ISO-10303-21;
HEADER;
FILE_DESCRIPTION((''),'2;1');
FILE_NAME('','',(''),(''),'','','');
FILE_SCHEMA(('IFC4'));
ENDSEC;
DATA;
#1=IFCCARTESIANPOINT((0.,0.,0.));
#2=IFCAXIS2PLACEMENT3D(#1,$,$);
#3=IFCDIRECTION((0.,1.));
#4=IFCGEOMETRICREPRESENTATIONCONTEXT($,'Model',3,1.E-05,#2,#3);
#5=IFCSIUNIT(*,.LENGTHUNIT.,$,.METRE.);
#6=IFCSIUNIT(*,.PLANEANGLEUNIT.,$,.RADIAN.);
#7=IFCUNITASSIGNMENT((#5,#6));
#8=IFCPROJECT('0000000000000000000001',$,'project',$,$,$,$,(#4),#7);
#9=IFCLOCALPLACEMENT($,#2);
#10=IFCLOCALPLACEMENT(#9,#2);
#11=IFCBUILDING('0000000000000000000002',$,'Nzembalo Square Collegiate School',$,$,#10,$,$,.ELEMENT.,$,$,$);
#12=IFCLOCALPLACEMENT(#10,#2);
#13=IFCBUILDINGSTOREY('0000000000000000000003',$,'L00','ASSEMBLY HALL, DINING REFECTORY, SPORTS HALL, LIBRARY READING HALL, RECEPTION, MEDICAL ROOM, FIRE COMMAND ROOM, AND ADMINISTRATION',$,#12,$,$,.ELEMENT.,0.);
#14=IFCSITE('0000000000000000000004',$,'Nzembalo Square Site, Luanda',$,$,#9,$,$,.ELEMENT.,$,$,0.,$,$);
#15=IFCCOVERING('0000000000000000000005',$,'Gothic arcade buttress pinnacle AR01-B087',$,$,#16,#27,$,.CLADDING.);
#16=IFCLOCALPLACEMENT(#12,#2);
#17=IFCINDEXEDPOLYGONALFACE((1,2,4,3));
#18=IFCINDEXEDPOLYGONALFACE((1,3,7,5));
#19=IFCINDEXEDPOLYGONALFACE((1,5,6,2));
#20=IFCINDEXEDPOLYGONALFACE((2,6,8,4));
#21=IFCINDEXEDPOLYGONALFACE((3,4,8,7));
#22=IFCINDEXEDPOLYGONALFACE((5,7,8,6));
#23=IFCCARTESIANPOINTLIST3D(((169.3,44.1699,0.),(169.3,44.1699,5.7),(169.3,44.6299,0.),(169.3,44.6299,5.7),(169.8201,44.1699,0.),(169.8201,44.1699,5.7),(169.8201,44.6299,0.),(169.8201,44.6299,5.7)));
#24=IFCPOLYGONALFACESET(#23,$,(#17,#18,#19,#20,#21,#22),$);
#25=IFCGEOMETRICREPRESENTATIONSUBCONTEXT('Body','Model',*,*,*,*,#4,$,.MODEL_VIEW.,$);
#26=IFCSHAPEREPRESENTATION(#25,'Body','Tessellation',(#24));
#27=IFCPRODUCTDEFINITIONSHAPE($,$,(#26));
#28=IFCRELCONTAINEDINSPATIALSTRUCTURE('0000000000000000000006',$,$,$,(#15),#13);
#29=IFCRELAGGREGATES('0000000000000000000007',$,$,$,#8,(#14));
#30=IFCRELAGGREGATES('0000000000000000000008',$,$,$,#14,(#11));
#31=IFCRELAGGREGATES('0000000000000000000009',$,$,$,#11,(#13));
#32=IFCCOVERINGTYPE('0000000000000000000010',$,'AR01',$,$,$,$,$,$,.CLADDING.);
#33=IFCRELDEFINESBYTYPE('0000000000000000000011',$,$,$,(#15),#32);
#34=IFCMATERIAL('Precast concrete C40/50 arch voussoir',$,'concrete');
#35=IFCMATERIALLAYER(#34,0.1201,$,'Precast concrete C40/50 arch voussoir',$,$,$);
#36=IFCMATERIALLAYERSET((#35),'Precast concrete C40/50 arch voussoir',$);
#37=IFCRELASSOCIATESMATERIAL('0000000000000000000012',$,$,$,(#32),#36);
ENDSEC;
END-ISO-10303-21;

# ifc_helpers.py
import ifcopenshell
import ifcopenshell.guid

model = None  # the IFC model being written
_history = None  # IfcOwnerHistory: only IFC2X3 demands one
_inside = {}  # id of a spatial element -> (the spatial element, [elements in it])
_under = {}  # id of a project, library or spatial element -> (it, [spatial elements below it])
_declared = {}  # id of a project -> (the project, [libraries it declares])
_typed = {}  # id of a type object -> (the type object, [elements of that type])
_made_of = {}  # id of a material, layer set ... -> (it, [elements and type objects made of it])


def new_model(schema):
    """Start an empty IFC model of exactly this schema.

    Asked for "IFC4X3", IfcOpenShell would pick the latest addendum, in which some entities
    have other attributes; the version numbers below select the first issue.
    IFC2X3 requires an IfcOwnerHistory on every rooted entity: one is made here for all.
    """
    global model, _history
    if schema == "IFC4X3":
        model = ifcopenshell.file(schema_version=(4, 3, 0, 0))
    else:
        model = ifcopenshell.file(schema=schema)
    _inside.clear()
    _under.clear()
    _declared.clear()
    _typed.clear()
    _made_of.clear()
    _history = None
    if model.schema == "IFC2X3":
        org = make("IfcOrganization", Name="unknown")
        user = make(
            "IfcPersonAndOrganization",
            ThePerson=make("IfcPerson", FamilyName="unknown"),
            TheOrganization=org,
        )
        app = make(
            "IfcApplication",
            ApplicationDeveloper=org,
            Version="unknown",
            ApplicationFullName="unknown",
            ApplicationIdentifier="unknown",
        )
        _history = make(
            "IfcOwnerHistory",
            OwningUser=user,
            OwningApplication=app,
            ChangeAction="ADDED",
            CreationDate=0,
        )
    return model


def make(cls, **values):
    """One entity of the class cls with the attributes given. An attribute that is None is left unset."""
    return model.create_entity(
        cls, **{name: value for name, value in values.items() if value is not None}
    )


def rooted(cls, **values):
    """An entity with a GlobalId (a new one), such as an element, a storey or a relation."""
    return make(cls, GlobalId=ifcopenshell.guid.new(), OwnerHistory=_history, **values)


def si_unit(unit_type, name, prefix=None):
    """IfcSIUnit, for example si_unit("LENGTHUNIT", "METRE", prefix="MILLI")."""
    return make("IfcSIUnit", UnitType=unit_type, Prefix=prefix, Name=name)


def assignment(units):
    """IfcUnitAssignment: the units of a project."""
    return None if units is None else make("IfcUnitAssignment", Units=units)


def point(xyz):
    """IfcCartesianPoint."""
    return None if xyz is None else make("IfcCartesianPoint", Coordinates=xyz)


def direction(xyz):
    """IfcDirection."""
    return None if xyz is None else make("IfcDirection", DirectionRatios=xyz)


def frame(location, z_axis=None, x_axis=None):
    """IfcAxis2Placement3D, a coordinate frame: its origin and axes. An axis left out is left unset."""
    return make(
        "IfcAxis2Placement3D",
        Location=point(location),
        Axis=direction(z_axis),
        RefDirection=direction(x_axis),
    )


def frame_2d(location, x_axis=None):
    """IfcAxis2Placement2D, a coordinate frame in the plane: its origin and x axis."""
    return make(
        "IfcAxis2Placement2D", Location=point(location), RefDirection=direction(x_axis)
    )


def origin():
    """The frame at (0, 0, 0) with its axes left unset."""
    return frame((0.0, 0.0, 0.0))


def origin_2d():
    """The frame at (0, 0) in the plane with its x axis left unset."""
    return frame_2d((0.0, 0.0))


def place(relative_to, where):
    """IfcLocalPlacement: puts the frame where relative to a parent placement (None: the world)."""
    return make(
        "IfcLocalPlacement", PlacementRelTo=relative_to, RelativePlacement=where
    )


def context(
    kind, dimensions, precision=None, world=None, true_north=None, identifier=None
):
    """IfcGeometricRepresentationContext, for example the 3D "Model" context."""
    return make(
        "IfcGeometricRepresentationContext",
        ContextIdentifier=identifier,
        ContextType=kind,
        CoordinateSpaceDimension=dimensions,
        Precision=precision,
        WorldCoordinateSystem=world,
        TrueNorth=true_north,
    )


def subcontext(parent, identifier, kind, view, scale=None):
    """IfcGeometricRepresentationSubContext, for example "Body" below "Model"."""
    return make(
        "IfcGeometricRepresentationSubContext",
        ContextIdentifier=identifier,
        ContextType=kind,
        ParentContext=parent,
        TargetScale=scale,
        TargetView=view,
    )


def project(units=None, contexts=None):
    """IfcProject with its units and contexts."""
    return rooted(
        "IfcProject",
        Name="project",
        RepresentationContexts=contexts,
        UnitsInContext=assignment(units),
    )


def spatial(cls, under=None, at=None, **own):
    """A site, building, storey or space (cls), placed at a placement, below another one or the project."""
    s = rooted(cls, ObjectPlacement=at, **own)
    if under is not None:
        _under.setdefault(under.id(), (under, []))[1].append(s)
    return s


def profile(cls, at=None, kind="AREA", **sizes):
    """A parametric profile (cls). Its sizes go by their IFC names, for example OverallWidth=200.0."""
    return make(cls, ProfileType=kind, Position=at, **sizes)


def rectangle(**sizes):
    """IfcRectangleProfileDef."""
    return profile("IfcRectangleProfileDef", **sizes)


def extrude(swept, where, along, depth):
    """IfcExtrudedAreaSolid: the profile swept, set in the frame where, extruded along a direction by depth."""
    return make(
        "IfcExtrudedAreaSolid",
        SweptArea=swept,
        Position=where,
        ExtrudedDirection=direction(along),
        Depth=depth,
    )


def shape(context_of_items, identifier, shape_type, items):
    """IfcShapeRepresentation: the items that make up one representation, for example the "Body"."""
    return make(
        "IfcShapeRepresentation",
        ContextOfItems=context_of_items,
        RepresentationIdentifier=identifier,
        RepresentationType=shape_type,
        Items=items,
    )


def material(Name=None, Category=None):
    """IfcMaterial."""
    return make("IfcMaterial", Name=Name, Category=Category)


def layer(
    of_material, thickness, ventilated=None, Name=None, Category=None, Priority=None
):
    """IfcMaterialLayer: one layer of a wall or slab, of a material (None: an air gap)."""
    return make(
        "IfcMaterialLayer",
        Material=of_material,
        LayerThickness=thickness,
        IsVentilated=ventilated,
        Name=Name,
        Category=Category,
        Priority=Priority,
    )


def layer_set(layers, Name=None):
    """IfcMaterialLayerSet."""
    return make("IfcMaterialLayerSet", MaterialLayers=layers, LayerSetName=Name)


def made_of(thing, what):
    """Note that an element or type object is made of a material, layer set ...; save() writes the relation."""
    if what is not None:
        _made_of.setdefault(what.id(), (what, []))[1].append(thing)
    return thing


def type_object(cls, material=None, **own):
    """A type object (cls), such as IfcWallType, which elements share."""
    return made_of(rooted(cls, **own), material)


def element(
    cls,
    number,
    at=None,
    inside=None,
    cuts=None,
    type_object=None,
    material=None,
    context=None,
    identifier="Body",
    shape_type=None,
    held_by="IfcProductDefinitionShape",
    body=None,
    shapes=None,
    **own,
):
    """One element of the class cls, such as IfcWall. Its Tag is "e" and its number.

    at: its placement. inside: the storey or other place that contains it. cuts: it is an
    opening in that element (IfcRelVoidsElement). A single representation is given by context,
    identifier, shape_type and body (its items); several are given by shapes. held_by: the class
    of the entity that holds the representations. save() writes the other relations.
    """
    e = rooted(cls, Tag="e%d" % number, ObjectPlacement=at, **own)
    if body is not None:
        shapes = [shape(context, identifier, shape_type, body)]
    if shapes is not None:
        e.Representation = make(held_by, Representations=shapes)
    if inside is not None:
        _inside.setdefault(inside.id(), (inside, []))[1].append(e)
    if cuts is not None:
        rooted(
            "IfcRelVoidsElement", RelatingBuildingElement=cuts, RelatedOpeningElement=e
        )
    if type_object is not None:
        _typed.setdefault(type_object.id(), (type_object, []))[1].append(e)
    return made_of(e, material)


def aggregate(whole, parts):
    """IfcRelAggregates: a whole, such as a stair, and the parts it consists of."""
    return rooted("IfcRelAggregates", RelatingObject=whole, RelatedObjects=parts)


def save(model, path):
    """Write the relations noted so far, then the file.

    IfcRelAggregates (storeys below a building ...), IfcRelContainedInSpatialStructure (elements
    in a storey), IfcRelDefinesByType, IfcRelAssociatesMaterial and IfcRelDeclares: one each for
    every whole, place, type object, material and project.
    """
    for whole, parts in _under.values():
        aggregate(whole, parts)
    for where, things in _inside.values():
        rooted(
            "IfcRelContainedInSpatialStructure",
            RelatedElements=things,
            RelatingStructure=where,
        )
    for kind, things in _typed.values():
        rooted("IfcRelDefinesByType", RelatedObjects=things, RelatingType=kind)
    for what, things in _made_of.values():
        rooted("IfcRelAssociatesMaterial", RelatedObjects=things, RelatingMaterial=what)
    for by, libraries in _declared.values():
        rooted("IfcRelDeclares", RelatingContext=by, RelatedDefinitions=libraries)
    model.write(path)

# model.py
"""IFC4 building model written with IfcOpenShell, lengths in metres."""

from ifc_helpers import new_model, si_unit, direction, frame, origin, origin_2d, place, context, subcontext, project, spatial, rectangle, extrude, material, layer, layer_set, type_object, element, save


model = new_model("IFC4")

# Units and contexts
model_context = context("Model", 3, precision=1e-05, world=origin(), true_north=direction((0.0, 1.0)))
body_context = subcontext(model_context, "Body", "Model", "MODEL_VIEW")
ifc_project = project(units=[si_unit("LENGTHUNIT", "METRE"), si_unit("PLANEANGLEUNIT", "RADIAN")], contexts=[model_context])

# Site, building, storey
site_placement = place(None, origin())
site = spatial("IfcSite", under=ifc_project, at=site_placement, Name="Nzembalo Square Site, Luanda", CompositionType="ELEMENT", RefElevation=0.0)
building_placement = place(site_placement, origin())
building = spatial("IfcBuilding", under=site, at=building_placement, Name="Nzembalo Square Collegiate School", CompositionType="ELEMENT")
storey_placement = place(building_placement, origin())
storey = spatial("IfcBuildingStorey", under=building, at=storey_placement, Name="L00", Description="ASSEMBLY HALL, DINING REFECTORY, SPORTS HALL, LIBRARY READING HALL, RECEPTION, MEDICAL ROOM, FIRE COMMAND ROOM, AND ADMINISTRATION", CompositionType="ELEMENT", Elevation=0.0)

# Covering
ifc_material_1 = material(Name="Precast concrete C40/50 arch voussoir", Category="concrete")
ifc_layer_1 = layer(ifc_material_1, 0.1201, Name="Precast concrete C40/50 arch voussoir")
ifc_layer_set_1 = layer_set([ifc_layer_1], Name="Precast concrete C40/50 arch voussoir")
covering_type = type_object("IfcCoveringType", Name="AR01", PredefinedType="CLADDING", material=ifc_layer_set_1)
covering_1_placement = place(storey_placement, frame((169.5601, 44.3999, 0.0), z_axis=(0.0, 0.0, 1.0), x_axis=(1.0, 0.0, 0.0)))
element("IfcCovering", 1, at=covering_1_placement, inside=storey, type_object=covering_type, Name="Gothic arcade buttress pinnacle AR01-B087", PredefinedType="CLADDING", context=body_context, shape_type="SweptSolid", body=[
    extrude(rectangle(XDim=0.52, YDim=0.46, at=origin_2d()), origin(), (0.0, 0.0, 1.0), 5.7),
])

save(model, "model.ifc")
